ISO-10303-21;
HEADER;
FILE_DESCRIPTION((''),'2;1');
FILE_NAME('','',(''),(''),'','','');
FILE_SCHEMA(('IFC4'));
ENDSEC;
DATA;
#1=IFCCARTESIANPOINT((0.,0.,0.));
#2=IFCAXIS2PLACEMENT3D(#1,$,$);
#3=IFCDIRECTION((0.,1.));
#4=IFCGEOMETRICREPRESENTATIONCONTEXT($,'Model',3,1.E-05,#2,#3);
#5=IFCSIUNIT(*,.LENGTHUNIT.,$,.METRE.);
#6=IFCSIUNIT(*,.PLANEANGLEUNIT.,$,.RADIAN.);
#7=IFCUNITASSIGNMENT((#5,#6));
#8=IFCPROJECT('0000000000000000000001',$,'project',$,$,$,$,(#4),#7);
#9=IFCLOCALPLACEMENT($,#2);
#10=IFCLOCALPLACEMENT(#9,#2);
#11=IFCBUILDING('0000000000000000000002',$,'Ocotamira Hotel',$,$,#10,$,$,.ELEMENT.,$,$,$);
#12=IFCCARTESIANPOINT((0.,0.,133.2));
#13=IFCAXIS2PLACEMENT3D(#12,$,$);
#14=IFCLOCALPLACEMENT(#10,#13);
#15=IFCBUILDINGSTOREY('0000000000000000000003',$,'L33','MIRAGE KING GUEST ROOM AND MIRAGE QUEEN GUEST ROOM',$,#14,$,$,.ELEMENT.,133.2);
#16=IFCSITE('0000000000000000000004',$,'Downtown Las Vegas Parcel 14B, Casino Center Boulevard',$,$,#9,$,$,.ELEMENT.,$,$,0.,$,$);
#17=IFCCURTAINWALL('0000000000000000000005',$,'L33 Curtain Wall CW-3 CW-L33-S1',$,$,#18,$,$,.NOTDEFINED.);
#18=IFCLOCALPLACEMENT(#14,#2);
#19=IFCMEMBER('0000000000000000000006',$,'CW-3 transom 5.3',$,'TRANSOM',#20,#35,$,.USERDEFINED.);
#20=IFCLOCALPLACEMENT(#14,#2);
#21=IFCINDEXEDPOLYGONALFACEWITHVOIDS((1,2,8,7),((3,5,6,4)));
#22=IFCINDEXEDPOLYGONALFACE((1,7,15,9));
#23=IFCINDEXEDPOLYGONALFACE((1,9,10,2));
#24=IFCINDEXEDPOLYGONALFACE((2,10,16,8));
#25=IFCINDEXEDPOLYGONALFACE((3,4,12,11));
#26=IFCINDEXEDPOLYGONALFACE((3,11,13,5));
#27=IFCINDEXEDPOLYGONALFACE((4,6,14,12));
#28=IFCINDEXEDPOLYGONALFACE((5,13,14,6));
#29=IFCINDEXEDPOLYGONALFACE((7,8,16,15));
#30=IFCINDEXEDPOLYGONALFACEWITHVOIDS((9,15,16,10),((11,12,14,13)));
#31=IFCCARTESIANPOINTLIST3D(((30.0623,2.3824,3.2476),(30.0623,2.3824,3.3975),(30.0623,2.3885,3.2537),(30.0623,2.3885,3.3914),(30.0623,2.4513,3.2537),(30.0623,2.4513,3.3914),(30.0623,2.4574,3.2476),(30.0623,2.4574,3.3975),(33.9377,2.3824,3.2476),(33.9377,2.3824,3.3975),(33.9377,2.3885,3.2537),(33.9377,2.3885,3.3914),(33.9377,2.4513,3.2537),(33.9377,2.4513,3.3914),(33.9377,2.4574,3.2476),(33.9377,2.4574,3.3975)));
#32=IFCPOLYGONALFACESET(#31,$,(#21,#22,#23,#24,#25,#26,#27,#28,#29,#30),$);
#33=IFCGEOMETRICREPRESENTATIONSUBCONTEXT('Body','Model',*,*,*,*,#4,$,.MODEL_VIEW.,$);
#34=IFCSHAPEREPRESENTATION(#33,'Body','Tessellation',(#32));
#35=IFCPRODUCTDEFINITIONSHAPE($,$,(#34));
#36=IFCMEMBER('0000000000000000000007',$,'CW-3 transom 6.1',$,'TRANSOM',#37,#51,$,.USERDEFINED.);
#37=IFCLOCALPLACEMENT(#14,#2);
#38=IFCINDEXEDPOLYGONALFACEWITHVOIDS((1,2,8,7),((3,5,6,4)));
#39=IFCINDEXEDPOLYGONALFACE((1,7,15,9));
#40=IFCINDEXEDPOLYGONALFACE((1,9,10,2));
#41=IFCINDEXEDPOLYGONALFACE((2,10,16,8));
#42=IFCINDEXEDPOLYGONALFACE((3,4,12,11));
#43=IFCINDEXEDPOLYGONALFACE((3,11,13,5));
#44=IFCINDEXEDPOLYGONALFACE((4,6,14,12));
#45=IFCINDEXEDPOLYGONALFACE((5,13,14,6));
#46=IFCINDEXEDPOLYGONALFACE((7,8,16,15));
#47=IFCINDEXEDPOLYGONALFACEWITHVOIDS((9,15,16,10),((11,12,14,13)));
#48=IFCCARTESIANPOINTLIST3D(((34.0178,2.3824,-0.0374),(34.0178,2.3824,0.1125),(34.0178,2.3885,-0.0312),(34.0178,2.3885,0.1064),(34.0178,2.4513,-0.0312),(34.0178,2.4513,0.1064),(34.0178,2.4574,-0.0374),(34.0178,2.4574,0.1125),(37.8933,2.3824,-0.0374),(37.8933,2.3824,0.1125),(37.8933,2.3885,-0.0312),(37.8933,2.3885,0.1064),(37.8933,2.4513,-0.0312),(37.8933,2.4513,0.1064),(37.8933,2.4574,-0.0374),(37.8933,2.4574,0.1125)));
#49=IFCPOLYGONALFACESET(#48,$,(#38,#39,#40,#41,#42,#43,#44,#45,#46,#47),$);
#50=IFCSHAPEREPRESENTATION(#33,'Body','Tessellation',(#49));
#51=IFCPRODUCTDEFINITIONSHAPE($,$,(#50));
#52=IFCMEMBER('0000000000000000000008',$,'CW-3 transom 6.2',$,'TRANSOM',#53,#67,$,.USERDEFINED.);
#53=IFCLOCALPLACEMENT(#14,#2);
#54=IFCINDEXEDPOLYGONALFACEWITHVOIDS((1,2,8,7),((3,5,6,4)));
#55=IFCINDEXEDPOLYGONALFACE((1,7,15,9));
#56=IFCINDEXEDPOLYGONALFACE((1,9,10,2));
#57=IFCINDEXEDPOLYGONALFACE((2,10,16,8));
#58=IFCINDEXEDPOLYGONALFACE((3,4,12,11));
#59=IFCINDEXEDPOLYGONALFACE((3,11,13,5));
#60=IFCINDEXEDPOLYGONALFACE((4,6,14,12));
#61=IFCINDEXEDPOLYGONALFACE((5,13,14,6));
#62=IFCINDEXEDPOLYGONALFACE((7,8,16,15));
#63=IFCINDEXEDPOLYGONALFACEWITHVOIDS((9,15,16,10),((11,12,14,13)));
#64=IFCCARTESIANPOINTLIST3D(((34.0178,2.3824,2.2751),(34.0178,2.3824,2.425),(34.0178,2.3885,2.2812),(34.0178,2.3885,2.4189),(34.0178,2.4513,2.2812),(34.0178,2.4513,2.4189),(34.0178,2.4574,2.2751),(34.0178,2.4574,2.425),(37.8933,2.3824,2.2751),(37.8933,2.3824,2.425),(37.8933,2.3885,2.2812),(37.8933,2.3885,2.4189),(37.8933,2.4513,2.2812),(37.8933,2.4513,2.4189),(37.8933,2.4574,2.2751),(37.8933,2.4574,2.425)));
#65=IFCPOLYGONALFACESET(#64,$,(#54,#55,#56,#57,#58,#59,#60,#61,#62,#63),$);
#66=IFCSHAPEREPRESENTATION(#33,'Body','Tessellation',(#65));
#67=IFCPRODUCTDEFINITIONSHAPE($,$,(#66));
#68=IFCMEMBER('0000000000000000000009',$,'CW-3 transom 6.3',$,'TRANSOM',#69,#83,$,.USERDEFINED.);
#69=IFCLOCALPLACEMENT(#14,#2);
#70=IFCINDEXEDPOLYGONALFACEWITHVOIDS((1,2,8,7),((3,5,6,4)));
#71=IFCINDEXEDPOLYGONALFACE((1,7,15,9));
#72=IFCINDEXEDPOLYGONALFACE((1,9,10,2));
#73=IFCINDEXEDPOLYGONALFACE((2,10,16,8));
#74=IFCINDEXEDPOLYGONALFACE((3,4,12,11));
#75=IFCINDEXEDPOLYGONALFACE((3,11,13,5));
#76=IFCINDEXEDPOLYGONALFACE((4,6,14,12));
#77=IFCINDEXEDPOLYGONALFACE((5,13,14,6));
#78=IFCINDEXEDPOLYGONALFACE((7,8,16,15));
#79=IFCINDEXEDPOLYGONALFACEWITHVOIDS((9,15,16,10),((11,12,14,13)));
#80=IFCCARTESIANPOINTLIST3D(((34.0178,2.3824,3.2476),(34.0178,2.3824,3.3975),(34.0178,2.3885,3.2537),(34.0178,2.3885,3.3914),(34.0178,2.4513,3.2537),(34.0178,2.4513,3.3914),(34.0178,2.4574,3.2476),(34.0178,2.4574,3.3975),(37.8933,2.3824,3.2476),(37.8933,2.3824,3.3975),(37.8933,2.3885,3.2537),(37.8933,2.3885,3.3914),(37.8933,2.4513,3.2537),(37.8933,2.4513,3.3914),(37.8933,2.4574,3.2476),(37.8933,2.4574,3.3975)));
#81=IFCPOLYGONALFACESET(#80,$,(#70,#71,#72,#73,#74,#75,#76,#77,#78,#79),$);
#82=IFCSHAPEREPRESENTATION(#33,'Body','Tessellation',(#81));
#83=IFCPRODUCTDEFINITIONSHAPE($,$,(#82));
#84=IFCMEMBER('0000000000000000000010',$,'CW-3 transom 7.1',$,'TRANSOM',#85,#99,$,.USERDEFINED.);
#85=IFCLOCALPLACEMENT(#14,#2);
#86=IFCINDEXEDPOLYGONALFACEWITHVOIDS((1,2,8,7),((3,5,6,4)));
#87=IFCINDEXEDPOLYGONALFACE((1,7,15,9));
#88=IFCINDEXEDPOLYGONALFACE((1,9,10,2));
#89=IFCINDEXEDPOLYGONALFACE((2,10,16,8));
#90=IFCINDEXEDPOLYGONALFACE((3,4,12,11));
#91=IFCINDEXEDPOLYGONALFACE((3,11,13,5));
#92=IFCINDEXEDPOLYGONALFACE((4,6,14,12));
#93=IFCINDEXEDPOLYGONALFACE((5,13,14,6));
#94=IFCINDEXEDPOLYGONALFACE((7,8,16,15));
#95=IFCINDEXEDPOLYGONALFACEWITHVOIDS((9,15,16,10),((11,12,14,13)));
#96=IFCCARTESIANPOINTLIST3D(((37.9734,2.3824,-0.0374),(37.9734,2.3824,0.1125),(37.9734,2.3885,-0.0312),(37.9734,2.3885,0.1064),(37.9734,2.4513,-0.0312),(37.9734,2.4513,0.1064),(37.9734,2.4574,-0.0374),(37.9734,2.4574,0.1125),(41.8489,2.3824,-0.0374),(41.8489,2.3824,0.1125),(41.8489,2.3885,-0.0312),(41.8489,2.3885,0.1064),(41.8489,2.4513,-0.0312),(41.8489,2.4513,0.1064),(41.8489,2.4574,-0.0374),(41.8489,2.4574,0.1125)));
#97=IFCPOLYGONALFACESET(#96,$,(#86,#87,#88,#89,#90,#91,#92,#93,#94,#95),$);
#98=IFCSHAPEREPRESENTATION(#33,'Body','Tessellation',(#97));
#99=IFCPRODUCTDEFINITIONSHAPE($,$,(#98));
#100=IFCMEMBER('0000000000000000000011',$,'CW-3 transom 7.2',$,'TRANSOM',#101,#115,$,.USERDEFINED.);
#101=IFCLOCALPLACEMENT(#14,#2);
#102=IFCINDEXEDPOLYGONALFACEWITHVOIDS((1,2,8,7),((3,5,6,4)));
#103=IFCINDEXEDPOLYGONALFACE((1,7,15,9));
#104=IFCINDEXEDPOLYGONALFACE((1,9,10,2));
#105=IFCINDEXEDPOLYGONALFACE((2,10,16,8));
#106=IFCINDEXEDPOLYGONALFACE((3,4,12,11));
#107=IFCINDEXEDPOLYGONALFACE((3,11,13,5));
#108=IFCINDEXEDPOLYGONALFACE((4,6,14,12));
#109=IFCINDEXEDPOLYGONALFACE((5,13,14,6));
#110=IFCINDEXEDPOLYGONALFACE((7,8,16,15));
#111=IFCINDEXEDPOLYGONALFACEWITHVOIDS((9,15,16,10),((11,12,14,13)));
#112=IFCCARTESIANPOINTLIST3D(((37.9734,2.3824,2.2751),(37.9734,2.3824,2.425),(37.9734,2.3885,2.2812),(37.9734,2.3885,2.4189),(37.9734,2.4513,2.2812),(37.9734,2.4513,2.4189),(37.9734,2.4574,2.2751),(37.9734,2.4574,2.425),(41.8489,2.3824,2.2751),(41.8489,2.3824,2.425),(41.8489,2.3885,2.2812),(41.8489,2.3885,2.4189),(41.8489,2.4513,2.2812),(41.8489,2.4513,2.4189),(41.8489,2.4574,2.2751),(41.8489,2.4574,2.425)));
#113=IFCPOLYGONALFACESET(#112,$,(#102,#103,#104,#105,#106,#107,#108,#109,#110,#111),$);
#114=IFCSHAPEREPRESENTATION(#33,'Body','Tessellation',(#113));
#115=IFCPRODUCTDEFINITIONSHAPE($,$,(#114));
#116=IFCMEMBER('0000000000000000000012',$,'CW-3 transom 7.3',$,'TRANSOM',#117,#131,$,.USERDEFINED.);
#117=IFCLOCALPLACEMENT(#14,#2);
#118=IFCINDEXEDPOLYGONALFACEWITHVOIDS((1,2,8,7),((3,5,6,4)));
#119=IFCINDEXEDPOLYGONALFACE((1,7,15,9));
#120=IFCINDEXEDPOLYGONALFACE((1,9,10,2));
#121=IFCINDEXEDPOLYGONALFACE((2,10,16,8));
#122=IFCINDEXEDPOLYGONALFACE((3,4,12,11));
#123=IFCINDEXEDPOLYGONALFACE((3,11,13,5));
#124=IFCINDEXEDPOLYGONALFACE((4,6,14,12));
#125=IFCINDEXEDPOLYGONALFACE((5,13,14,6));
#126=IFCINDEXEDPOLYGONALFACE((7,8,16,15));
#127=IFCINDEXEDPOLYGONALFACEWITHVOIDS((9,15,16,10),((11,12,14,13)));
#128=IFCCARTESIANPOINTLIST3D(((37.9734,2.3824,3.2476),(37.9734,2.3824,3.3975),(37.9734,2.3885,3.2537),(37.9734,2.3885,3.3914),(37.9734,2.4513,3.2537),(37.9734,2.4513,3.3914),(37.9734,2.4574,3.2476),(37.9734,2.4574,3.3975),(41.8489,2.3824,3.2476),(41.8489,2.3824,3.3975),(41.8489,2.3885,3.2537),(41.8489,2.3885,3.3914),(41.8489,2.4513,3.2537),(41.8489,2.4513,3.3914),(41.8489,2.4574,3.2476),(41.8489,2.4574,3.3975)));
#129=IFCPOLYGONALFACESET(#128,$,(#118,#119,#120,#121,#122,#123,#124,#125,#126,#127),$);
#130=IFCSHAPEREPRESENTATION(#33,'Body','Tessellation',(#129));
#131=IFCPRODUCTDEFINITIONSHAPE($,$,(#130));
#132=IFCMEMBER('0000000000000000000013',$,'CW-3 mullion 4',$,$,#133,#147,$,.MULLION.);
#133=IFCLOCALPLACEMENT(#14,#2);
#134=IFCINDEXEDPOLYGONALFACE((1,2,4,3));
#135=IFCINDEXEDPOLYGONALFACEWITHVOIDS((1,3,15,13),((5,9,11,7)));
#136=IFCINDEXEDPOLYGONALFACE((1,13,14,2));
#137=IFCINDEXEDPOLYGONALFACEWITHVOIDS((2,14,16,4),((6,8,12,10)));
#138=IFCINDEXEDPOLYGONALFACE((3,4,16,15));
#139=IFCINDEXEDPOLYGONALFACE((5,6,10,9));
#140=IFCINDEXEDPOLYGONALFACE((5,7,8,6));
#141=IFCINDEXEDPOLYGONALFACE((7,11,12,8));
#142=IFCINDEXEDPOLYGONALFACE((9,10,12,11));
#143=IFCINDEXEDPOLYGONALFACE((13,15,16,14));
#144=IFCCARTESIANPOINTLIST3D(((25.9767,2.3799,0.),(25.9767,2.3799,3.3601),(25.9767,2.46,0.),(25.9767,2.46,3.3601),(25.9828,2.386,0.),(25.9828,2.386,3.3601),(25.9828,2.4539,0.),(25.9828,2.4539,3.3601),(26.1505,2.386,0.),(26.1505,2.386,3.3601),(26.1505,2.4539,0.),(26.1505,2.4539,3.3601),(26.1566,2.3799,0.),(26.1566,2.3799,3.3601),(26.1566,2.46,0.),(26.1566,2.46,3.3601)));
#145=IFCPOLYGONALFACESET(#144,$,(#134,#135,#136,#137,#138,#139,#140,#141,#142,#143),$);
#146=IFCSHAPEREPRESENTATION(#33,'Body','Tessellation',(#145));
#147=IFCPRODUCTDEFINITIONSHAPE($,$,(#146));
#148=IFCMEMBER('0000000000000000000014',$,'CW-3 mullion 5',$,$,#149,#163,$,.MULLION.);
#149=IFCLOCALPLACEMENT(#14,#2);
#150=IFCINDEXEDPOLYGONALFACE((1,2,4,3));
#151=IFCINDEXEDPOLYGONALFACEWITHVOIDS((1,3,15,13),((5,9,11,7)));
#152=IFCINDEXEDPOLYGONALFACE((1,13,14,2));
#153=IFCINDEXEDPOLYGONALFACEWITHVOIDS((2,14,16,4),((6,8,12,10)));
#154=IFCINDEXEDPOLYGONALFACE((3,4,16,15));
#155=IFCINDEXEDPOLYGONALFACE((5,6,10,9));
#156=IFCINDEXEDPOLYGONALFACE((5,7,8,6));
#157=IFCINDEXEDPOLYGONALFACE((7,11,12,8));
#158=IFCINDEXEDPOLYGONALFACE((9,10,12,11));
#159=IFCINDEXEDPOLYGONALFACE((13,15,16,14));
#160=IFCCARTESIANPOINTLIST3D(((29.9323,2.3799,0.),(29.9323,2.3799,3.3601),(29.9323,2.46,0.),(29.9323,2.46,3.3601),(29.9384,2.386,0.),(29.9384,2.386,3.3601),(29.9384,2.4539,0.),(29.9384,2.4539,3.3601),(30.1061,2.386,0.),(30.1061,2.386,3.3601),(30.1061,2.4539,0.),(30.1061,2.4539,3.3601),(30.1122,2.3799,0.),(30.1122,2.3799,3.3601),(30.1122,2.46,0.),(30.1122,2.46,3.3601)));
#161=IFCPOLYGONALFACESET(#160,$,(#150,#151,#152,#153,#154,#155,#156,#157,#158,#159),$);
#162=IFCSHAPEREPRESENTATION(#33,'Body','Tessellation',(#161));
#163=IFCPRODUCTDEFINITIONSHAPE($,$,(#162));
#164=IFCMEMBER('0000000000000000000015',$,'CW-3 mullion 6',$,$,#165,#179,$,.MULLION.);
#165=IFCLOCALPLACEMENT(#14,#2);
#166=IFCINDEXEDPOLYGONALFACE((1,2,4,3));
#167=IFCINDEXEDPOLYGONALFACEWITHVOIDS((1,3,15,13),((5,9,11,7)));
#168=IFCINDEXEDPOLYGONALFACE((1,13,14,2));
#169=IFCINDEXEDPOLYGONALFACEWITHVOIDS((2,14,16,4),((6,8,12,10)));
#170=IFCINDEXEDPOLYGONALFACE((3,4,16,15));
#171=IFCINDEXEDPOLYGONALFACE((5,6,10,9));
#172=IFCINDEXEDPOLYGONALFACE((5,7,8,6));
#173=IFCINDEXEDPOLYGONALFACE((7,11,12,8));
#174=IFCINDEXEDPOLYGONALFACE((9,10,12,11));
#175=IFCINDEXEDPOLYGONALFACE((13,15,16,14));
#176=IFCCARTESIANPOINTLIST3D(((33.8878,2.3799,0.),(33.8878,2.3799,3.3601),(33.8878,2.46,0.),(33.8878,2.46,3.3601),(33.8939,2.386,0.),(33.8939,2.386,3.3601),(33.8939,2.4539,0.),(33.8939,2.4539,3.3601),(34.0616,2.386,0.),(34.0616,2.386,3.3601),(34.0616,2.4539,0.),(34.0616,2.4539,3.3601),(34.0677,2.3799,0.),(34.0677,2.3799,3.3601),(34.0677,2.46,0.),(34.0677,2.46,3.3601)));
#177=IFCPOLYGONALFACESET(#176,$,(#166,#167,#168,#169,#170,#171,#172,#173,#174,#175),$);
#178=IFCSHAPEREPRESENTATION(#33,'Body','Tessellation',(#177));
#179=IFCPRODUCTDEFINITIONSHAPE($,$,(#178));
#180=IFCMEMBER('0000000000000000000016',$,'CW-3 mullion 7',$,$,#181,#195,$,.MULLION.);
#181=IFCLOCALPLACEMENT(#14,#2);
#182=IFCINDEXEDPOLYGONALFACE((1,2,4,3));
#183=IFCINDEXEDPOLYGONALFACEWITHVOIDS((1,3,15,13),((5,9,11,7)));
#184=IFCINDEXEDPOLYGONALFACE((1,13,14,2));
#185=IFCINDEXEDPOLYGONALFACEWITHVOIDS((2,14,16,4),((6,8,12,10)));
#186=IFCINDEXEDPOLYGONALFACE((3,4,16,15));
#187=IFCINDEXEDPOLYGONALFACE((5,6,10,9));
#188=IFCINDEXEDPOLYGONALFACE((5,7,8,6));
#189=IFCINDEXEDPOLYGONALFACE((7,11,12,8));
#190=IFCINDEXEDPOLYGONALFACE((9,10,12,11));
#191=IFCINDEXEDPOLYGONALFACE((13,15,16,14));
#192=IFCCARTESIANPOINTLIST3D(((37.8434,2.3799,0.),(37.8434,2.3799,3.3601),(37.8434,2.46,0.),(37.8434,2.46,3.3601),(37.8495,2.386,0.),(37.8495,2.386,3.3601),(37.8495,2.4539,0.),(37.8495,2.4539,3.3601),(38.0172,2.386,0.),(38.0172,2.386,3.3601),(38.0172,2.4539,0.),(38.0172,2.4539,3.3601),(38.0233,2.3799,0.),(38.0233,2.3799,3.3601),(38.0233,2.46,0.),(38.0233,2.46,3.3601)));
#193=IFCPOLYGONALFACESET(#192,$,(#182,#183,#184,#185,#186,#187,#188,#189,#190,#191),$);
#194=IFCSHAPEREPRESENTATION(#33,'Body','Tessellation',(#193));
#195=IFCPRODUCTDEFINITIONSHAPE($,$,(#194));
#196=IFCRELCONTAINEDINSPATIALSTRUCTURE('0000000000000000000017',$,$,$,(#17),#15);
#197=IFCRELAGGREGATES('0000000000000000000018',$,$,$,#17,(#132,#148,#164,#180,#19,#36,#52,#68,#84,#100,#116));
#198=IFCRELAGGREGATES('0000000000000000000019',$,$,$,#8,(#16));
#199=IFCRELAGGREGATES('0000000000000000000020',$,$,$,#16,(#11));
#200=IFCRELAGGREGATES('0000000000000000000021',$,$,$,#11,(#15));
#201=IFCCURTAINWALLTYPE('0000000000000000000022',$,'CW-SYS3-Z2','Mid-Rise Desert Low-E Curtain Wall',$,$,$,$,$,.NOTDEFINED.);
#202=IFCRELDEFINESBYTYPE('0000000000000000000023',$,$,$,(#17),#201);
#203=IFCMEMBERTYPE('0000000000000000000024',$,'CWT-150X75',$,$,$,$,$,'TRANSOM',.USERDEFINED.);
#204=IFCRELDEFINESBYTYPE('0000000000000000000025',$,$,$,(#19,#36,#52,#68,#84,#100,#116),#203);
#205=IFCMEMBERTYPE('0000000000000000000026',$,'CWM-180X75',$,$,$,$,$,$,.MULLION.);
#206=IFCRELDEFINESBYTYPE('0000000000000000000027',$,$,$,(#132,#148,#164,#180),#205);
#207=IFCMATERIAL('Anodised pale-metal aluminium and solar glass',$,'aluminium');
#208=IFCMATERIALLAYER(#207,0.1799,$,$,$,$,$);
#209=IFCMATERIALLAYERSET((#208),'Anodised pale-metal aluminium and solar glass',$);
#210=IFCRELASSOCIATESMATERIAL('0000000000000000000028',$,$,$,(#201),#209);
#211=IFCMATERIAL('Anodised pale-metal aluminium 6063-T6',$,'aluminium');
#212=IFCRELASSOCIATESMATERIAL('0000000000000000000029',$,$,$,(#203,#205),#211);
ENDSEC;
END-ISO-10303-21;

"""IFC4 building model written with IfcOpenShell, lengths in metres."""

from ifc_helpers import new_model, si_unit, direction, frame, origin, origin_2d, place, context, subcontext, project, spatial, hollow_rectangle, extrude, source, transform, mapped, material, layer, layer_set, material_profile, profile_set, type_object, element, aggregate, save


model = new_model("IFC4")

# Units and contexts
model_context = context("Model", 3, precision=1e-05, world=origin(), true_north=direction((0.0, 1.0)))
body_context = subcontext(model_context, "Body", "Model", "MODEL_VIEW")
ifc_project = project(units=[si_unit("LENGTHUNIT", "METRE"), si_unit("PLANEANGLEUNIT", "RADIAN")], contexts=[model_context])

# Site, building, storey
site_placement = place(None, origin())
site = spatial("IfcSite", under=ifc_project, at=site_placement, Name="Downtown Las Vegas Parcel 14B, Casino Center Boulevard", CompositionType="ELEMENT", RefElevation=0.0)
building_placement = place(site_placement, origin())
building = spatial("IfcBuilding", under=site, at=building_placement, Name="Ocotamira Hotel", CompositionType="ELEMENT")
storey_placement = place(building_placement, frame((0.0, 0.0, 133.2)))
storey = spatial("IfcBuildingStorey", under=building, at=storey_placement, Name="L33", Description="MIRAGE KING GUEST ROOM AND MIRAGE QUEEN GUEST ROOM", CompositionType="ELEMENT", Elevation=133.2)

# Curtain wall, members
ifc_material_1 = material(Name="Anodised pale-metal aluminium and solar glass", Category="aluminium")
ifc_layer_1 = layer(ifc_material_1, 0.1799)
ifc_layer_set_1 = layer_set([ifc_layer_1], Name="Anodised pale-metal aluminium and solar glass")
curtain_wall_type = type_object("IfcCurtainWallType", Name="CW-SYS3-Z2", Description="Mid-Rise Desert Low-E Curtain Wall", PredefinedType="NOTDEFINED", material=ifc_layer_set_1)
curtain_wall_placement = place(storey_placement, origin())
curtain_wall = element("IfcCurtainWall", 1, at=curtain_wall_placement, inside=storey, type_object=curtain_wall_type, Name="L33 Curtain Wall CW-3 CW-L33-S1", PredefinedType="NOTDEFINED")
ifc_material_2 = material(Name="Anodised pale-metal aluminium 6063-T6", Category="aluminium")
ifc_material_profile_1 = material_profile(ifc_material_2, hollow_rectangle(XDim=0.075, YDim=0.1499, WallThickness=0.0061, at=origin_2d()), Name="HSS150X75X6")
ifc_profile_set_1 = profile_set([ifc_material_profile_1], Name="Anodised pale-metal aluminium 6063-T6")
member_type_1 = type_object("IfcMemberType", Name="CWT-150X75", ElementType="TRANSOM", PredefinedType="USERDEFINED", material=ifc_profile_set_1)
shared_shape_1 = source(origin(), body_context, "Body", "SweptSolid", [
    extrude(hollow_rectangle(XDim=0.075, YDim=0.1499, WallThickness=0.0061, at=origin_2d()), origin(), (0.0, 0.0, 1.0), 3.8755),
])
member_1_placement = place(storey_placement, frame((30.0623, 2.4199, 3.3225), z_axis=(1.0, 0.0, 0.0), x_axis=(0.0, 1.0, 0.0)))
member_1 = element("IfcMember", 2, at=member_1_placement, type_object=member_type_1, Name="CW-3 transom 5.3", ObjectType="TRANSOM", PredefinedType="USERDEFINED", context=body_context, shape_type="MappedRepresentation", body=[
    mapped(shared_shape_1, transform((0.0, 0.0, 0.0), scale=1.0)),
])
member_2_placement = place(storey_placement, frame((34.0178, 2.4199, 0.0376), z_axis=(1.0, 0.0, 0.0), x_axis=(0.0, 1.0, 0.0)))
member_2 = element("IfcMember", 3, at=member_2_placement, type_object=member_type_1, Name="CW-3 transom 6.1", ObjectType="TRANSOM", PredefinedType="USERDEFINED", context=body_context, shape_type="MappedRepresentation", body=[
    mapped(shared_shape_1, transform((0.0, 0.0, 0.0), scale=1.0)),
])
member_3_placement = place(storey_placement, frame((34.0178, 2.4199, 2.3501), z_axis=(1.0, 0.0, 0.0), x_axis=(0.0, 1.0, 0.0)))
member_3 = element("IfcMember", 4, at=member_3_placement, type_object=member_type_1, Name="CW-3 transom 6.2", ObjectType="TRANSOM", PredefinedType="USERDEFINED", context=body_context, shape_type="MappedRepresentation", body=[
    mapped(shared_shape_1, transform((0.0, 0.0, 0.0), scale=1.0)),
])
member_4_placement = place(storey_placement, frame((34.0178, 2.4199, 3.3225), z_axis=(1.0, 0.0, 0.0), x_axis=(0.0, 1.0, 0.0)))
member_4 = element("IfcMember", 5, at=member_4_placement, type_object=member_type_1, Name="CW-3 transom 6.3", ObjectType="TRANSOM", PredefinedType="USERDEFINED", context=body_context, shape_type="MappedRepresentation", body=[
    mapped(shared_shape_1, transform((0.0, 0.0, 0.0), scale=1.0)),
])
member_5_placement = place(storey_placement, frame((37.9734, 2.4199, 0.0376), z_axis=(1.0, 0.0, 0.0), x_axis=(0.0, 1.0, 0.0)))
member_5 = element("IfcMember", 6, at=member_5_placement, type_object=member_type_1, Name="CW-3 transom 7.1", ObjectType="TRANSOM", PredefinedType="USERDEFINED", context=body_context, shape_type="MappedRepresentation", body=[
    mapped(shared_shape_1, transform((0.0, 0.0, 0.0), scale=1.0)),
])
member_6_placement = place(storey_placement, frame((37.9734, 2.4199, 2.3501), z_axis=(1.0, 0.0, 0.0), x_axis=(0.0, 1.0, 0.0)))
member_6 = element("IfcMember", 7, at=member_6_placement, type_object=member_type_1, Name="CW-3 transom 7.2", ObjectType="TRANSOM", PredefinedType="USERDEFINED", context=body_context, shape_type="MappedRepresentation", body=[
    mapped(shared_shape_1, transform((0.0, 0.0, 0.0), scale=1.0)),
])
member_7_placement = place(storey_placement, frame((37.9734, 2.4199, 3.3225), z_axis=(1.0, 0.0, 0.0), x_axis=(0.0, 1.0, 0.0)))
member_7 = element("IfcMember", 8, at=member_7_placement, type_object=member_type_1, Name="CW-3 transom 7.3", ObjectType="TRANSOM", PredefinedType="USERDEFINED", context=body_context, shape_type="MappedRepresentation", body=[
    mapped(shared_shape_1, transform((0.0, 0.0, 0.0), scale=1.0)),
])
ifc_material_profile_2 = material_profile(ifc_material_2, hollow_rectangle(XDim=0.0801, YDim=0.1799, WallThickness=0.0061, at=origin_2d()), Name="HSS180X80X6")
ifc_profile_set_2 = profile_set([ifc_material_profile_2], Name="Anodised pale-metal aluminium 6063-T6")
member_type_2 = type_object("IfcMemberType", Name="CWM-180X75", PredefinedType="MULLION", material=ifc_profile_set_2)
shared_shape_2 = source(origin(), body_context, "Body", "SweptSolid", [
    extrude(hollow_rectangle(XDim=0.0801, YDim=0.1799, WallThickness=0.0061, at=origin_2d()), origin(), (0.0, 0.0, 1.0), 3.3601),
])
member_8_placement = place(storey_placement, frame((26.0667, 2.4199, 0.0), z_axis=(0.0, 0.0, 1.0), x_axis=(0.0, 1.0, 0.0)))
member_8 = element("IfcMember", 9, at=member_8_placement, type_object=member_type_2, Name="CW-3 mullion 4", PredefinedType="MULLION", context=body_context, shape_type="MappedRepresentation", body=[
    mapped(shared_shape_2, transform((0.0, 0.0, 0.0), scale=1.0)),
])
member_9_placement = place(storey_placement, frame((30.0222, 2.4199, 0.0), z_axis=(0.0, 0.0, 1.0), x_axis=(0.0, 1.0, 0.0)))
member_9 = element("IfcMember", 10, at=member_9_placement, type_object=member_type_2, Name="CW-3 mullion 5", PredefinedType="MULLION", context=body_context, shape_type="MappedRepresentation", body=[
    mapped(shared_shape_2, transform((0.0, 0.0, 0.0), scale=1.0)),
])
member_10_placement = place(storey_placement, frame((33.9778, 2.4199, 0.0), z_axis=(0.0, 0.0, 1.0), x_axis=(0.0, 1.0, 0.0)))
member_10 = element("IfcMember", 11, at=member_10_placement, type_object=member_type_2, Name="CW-3 mullion 6", PredefinedType="MULLION", context=body_context, shape_type="MappedRepresentation", body=[
    mapped(shared_shape_2, transform((0.0, 0.0, 0.0), scale=1.0)),
])
member_11_placement = place(storey_placement, frame((37.9333, 2.4199, 0.0), z_axis=(0.0, 0.0, 1.0), x_axis=(0.0, 1.0, 0.0)))
member_11 = element("IfcMember", 12, at=member_11_placement, type_object=member_type_2, Name="CW-3 mullion 7", PredefinedType="MULLION", context=body_context, shape_type="MappedRepresentation", body=[
    mapped(shared_shape_2, transform((0.0, 0.0, 0.0), scale=1.0)),
])

aggregate(curtain_wall, [member_8, member_9, member_10, member_11, member_1, member_2, member_3, member_4, member_5, member_6, member_7])

save(model, "model.ifc")
